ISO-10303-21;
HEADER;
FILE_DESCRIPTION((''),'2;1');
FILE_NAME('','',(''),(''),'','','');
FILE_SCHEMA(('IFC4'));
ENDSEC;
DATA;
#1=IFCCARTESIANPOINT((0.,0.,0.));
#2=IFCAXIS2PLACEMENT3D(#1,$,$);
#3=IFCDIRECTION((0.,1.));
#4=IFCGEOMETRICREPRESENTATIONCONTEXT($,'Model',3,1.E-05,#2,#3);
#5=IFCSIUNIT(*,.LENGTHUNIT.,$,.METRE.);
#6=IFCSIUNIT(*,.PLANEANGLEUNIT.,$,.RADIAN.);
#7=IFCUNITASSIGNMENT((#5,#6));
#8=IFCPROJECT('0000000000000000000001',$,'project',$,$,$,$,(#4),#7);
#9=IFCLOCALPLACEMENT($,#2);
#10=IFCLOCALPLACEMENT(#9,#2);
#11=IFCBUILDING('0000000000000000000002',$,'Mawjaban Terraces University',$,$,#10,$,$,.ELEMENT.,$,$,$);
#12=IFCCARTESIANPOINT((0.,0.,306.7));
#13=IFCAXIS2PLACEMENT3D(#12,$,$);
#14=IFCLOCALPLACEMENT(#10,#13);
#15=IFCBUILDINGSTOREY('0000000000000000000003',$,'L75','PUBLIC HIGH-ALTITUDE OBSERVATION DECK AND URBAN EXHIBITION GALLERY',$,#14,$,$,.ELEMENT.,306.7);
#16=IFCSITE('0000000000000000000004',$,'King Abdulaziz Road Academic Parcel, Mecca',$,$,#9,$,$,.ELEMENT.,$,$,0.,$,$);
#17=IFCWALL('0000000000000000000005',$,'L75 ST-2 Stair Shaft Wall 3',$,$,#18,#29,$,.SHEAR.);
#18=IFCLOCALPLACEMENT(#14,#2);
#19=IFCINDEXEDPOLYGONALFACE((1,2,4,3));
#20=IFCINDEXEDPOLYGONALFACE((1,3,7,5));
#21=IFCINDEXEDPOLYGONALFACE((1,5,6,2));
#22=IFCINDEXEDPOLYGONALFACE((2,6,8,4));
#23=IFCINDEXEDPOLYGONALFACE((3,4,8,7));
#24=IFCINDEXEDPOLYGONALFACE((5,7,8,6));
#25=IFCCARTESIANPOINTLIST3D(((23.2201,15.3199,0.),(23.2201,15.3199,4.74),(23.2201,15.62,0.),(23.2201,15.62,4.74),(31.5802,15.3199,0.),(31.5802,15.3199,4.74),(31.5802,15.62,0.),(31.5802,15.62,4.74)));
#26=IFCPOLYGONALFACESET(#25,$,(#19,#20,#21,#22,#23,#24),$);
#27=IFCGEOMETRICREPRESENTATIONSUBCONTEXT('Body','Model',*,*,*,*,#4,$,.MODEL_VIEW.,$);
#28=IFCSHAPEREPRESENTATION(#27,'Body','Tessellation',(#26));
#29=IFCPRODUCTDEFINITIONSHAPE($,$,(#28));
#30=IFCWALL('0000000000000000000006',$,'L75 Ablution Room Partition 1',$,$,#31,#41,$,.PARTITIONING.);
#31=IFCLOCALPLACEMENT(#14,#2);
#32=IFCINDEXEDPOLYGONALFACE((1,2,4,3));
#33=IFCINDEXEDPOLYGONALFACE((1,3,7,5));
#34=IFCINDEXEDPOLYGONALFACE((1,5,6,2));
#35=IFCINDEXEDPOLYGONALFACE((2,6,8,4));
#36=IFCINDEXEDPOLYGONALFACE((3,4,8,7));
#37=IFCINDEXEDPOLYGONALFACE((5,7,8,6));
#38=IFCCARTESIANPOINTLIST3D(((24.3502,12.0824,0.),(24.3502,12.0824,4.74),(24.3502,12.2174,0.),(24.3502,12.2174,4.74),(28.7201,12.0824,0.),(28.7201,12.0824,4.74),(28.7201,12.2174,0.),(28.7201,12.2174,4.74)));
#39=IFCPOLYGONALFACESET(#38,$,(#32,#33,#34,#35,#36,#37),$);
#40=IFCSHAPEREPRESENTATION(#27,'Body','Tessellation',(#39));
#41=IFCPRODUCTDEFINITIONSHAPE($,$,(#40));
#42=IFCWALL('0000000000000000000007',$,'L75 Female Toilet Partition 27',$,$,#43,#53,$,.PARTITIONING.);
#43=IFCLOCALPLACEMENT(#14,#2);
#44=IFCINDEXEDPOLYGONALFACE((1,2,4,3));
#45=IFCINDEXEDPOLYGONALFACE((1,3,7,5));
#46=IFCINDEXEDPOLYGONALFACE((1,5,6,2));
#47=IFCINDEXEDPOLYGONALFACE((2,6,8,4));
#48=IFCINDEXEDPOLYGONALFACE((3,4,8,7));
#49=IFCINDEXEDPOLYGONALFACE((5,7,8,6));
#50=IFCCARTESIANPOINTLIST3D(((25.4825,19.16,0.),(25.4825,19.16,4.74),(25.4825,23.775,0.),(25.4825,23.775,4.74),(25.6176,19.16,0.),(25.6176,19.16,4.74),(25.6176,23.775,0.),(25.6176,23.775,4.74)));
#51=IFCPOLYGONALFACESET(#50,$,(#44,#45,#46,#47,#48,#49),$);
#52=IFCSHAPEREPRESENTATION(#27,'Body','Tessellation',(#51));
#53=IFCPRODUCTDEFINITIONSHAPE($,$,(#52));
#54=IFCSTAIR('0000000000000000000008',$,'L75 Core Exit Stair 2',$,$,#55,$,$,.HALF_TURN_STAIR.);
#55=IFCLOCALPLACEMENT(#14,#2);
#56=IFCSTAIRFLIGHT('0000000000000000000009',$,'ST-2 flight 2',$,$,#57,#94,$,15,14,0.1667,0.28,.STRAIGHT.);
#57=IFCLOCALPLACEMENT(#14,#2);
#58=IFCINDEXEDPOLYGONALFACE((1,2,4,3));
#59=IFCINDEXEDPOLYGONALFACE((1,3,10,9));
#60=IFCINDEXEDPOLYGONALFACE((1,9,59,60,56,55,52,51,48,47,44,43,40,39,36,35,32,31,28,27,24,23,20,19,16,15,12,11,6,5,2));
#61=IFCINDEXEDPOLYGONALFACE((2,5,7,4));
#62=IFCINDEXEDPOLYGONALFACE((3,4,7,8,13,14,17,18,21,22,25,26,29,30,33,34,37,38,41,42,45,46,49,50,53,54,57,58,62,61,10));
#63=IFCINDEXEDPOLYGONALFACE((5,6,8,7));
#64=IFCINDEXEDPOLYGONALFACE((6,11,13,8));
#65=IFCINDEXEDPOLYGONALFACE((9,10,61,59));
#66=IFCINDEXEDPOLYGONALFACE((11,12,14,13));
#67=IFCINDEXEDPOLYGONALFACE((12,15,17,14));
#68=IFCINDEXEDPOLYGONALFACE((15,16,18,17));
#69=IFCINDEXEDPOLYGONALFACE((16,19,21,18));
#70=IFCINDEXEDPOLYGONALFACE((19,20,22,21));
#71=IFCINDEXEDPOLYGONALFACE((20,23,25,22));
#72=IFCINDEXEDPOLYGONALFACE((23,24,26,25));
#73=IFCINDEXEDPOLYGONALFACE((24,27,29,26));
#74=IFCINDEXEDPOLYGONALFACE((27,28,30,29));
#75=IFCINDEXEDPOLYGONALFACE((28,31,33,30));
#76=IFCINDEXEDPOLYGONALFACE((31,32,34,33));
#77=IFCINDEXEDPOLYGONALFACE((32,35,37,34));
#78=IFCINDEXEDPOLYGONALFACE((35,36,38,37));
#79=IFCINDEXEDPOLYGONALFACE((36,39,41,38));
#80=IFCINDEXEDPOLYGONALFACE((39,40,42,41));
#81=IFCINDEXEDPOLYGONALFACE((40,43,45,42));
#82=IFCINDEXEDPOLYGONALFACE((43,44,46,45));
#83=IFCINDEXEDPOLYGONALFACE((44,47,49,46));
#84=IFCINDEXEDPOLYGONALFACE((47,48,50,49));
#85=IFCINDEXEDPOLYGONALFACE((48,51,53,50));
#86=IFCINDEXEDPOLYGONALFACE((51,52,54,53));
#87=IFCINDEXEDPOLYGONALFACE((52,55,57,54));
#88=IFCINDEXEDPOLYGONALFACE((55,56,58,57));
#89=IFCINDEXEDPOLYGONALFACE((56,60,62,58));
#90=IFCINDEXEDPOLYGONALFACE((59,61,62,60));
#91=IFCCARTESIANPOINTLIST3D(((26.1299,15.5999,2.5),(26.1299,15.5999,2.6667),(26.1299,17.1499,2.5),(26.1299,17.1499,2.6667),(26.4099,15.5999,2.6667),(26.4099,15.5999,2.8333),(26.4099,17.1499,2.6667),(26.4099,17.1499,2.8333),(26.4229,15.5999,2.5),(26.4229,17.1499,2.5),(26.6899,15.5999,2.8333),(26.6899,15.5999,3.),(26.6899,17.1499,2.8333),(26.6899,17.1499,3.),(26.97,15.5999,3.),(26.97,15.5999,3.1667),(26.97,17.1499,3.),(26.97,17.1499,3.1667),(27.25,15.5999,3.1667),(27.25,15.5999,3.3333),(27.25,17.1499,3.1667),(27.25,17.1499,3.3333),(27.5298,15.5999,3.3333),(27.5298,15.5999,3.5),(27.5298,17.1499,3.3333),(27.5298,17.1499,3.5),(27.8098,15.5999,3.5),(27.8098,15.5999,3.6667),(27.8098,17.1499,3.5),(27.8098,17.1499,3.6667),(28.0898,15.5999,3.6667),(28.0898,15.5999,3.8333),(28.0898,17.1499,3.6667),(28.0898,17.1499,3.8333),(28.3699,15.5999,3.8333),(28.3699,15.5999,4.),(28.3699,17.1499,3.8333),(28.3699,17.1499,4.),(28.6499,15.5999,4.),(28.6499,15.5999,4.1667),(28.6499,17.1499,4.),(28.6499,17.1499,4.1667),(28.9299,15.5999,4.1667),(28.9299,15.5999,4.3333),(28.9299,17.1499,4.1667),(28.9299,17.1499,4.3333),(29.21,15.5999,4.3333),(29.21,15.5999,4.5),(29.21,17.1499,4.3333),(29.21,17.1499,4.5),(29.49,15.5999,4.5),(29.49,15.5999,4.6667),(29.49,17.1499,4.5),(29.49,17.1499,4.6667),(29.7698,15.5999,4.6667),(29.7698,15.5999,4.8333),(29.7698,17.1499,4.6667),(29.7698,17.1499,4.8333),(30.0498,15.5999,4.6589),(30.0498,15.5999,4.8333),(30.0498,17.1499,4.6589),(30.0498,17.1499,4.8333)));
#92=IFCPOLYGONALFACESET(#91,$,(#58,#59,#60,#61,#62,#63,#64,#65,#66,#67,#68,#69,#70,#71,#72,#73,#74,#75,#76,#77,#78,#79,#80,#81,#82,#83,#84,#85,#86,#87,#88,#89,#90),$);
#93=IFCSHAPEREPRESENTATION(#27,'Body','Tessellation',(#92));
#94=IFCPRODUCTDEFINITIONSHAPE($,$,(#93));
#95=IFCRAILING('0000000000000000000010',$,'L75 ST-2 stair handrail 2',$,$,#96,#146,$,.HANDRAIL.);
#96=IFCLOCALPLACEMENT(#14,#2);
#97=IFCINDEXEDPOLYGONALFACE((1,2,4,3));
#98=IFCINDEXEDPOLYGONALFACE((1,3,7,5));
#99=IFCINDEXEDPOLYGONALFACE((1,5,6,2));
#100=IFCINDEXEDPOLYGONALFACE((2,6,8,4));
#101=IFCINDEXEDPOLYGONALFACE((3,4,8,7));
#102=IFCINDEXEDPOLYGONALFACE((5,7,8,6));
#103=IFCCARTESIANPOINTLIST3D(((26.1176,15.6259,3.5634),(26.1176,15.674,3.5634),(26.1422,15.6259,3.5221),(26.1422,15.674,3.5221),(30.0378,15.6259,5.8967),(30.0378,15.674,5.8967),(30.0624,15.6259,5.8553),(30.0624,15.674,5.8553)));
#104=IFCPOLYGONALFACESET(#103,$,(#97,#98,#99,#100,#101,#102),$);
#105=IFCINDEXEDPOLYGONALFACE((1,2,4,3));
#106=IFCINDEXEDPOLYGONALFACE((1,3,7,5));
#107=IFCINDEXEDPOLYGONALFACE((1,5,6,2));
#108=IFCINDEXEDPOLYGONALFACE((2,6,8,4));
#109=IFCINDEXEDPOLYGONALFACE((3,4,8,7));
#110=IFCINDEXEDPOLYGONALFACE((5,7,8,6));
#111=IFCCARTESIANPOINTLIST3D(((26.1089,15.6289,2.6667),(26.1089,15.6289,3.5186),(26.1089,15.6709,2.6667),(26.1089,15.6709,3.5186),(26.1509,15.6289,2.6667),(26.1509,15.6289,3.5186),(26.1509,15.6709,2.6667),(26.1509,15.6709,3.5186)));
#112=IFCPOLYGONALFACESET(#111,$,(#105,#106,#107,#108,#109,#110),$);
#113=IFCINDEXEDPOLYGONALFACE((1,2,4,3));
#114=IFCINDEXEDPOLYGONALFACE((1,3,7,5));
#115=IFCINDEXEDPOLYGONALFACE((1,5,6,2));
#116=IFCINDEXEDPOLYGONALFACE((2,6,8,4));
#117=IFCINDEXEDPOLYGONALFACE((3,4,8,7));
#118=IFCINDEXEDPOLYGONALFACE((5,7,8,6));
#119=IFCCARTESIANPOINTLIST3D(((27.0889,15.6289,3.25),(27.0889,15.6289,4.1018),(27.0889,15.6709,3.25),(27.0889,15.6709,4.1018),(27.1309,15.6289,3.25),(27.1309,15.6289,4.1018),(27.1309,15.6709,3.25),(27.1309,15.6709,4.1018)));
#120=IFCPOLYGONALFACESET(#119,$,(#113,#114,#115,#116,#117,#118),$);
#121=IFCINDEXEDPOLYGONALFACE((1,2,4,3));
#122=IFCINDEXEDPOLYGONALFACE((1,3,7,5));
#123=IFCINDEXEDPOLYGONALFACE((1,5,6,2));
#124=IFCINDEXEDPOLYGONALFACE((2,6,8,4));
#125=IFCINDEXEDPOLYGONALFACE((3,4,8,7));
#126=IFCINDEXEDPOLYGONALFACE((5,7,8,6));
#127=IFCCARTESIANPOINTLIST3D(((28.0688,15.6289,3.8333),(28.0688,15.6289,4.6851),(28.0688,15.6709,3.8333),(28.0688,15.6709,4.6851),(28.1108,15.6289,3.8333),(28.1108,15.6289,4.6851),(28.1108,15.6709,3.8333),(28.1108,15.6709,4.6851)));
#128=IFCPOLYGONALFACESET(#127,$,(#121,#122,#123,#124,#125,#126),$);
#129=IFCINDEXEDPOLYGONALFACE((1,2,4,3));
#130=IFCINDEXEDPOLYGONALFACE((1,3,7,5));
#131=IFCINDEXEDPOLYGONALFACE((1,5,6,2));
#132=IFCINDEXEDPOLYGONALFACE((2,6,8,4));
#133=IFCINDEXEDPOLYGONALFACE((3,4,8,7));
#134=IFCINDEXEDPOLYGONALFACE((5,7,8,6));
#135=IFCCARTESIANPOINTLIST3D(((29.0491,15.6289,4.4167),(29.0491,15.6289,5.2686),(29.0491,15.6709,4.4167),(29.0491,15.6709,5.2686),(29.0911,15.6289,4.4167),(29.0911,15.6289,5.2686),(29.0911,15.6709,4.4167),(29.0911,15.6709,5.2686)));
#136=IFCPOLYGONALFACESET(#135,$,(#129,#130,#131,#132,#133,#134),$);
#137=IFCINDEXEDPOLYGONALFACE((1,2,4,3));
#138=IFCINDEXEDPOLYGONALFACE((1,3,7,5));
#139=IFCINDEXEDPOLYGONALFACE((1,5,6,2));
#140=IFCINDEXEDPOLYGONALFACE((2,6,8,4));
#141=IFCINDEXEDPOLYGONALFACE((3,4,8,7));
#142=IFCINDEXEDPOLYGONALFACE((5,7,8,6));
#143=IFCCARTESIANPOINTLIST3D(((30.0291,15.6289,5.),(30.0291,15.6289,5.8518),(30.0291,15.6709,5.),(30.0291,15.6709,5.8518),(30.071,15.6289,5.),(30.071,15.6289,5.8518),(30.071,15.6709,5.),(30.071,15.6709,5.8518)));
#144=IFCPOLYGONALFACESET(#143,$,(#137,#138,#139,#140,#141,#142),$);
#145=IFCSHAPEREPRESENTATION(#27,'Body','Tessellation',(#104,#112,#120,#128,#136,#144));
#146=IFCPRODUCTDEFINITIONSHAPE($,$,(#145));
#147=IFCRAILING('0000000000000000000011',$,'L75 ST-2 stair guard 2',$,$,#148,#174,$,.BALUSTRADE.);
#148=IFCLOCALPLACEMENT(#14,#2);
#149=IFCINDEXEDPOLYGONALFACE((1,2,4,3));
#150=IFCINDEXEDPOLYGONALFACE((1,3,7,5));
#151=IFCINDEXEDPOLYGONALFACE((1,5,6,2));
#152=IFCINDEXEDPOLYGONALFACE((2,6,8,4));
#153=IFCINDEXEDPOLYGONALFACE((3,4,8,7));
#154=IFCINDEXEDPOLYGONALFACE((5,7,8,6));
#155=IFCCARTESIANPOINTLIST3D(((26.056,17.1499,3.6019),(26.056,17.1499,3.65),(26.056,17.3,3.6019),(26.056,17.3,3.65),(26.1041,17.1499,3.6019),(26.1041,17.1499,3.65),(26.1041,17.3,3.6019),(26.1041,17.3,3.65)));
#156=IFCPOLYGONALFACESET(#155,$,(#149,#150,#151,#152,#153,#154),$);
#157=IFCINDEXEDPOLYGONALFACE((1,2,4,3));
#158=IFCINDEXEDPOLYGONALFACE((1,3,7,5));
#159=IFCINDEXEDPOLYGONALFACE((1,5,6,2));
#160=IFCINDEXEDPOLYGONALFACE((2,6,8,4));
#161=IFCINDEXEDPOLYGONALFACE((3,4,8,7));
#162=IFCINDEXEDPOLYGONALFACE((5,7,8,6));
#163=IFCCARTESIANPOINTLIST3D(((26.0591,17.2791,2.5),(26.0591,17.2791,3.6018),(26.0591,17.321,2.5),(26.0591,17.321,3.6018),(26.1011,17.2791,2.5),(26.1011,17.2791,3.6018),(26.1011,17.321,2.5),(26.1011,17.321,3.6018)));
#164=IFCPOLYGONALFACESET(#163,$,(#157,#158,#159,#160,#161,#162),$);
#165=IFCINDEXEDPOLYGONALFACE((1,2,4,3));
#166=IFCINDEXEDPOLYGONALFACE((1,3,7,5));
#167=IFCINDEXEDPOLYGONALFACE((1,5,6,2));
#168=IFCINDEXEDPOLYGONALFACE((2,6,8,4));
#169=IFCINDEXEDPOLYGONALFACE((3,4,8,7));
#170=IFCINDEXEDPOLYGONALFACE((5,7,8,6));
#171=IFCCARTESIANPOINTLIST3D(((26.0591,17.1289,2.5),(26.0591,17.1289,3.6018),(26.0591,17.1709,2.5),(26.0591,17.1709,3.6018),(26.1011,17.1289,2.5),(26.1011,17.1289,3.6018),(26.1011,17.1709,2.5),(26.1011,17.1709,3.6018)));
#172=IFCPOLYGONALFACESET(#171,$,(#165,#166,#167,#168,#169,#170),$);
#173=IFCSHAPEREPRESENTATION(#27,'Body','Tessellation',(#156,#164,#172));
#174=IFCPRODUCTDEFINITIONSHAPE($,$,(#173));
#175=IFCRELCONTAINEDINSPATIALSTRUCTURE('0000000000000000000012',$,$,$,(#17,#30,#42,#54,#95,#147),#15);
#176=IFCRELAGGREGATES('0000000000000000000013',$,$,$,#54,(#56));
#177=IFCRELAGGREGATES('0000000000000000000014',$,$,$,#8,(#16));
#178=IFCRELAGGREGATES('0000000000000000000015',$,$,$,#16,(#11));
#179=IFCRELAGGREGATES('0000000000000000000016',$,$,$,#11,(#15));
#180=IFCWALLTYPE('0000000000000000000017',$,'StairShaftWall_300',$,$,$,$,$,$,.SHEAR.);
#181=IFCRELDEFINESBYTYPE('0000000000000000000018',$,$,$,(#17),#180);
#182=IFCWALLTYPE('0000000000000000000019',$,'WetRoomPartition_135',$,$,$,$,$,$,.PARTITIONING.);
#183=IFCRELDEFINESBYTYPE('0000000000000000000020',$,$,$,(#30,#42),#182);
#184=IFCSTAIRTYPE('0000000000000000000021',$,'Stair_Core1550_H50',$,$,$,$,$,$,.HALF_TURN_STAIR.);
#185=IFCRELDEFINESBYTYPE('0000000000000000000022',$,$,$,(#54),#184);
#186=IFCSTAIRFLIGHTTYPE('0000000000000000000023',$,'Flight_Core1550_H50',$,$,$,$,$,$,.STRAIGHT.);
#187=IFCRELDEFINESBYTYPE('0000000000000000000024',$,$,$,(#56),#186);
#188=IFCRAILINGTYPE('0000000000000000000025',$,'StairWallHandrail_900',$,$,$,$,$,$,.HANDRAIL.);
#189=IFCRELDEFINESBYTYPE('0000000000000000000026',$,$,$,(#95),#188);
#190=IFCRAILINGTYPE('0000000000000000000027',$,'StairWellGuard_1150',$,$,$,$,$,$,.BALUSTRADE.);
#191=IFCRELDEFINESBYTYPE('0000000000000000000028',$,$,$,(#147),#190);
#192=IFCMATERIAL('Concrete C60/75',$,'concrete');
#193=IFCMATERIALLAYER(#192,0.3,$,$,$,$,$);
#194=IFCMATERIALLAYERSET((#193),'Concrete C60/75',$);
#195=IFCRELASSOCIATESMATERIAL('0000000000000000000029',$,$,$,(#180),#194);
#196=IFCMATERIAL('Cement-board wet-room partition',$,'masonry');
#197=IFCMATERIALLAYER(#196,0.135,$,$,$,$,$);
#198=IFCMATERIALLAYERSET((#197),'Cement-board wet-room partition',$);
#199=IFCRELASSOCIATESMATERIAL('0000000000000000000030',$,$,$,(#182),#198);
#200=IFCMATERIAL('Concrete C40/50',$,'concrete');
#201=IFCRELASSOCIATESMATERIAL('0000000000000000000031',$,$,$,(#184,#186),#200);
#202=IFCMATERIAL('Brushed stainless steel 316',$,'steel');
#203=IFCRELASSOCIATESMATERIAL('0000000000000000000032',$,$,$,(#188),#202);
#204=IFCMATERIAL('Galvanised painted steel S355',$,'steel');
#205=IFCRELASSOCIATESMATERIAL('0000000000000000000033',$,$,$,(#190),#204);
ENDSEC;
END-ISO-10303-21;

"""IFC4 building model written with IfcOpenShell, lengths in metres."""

from ifc_helpers import new_model, si_unit, direction, frame, frame_2d, origin, origin_2d, place, context, subcontext, project, spatial, polyline, rectangle, outline, extrude, material, layer, layer_set, type_object, element, aggregate, save


model = new_model("IFC4")

# Units and contexts
model_context = context("Model", 3, precision=1e-05, world=origin(), true_north=direction((0.0, 1.0)))
body_context = subcontext(model_context, "Body", "Model", "MODEL_VIEW")
ifc_project = project(units=[si_unit("LENGTHUNIT", "METRE"), si_unit("PLANEANGLEUNIT", "RADIAN")], contexts=[model_context])

# Site, building, storey
site_placement = place(None, origin())
site = spatial("IfcSite", under=ifc_project, at=site_placement, Name="King Abdulaziz Road Academic Parcel, Mecca", CompositionType="ELEMENT", RefElevation=0.0)
building_placement = place(site_placement, origin())
building = spatial("IfcBuilding", under=site, at=building_placement, Name="Mawjaban Terraces University", CompositionType="ELEMENT")
storey_placement = place(building_placement, frame((0.0, 0.0, 306.7)))
storey = spatial("IfcBuildingStorey", under=building, at=storey_placement, Name="L75", Description="PUBLIC HIGH-ALTITUDE OBSERVATION DECK AND URBAN EXHIBITION GALLERY", CompositionType="ELEMENT", Elevation=306.7)

# Walls
ifc_material_1 = material(Name="Concrete C40/50", Category="concrete")
ifc_material_2 = material(Name="Concrete C60/75", Category="concrete")
ifc_layer_1 = layer(ifc_material_2, 0.3)
ifc_layer_set_1 = layer_set([ifc_layer_1], Name="Concrete C60/75")
wall_type_1 = type_object("IfcWallType", Name="StairShaftWall_300", PredefinedType="SHEAR", material=ifc_layer_set_1)
wall_1_placement = place(storey_placement, frame((23.22, 15.47, 0.0), z_axis=(0.0, 0.0, 1.0), x_axis=(1.0, 0.0, 0.0)))
element("IfcWall", 1, at=wall_1_placement, inside=storey, type_object=wall_type_1, Name="L75 ST-2 Stair Shaft Wall 3", PredefinedType="SHEAR", context=body_context, shape_type="SweptSolid", body=[
    extrude(rectangle(XDim=8.3601, YDim=0.3, at=frame_2d((4.1802, 0.0))), origin(), (0.0, 0.0, 1.0), 4.74),
])
ifc_material_3 = material(Name="Cement-board wet-room partition", Category="masonry")
ifc_layer_2 = layer(ifc_material_3, 0.135)
ifc_layer_set_2 = layer_set([ifc_layer_2], Name="Cement-board wet-room partition")
wall_type_2 = type_object("IfcWallType", Name="WetRoomPartition_135", PredefinedType="PARTITIONING", material=ifc_layer_set_2)
wall_2_placement = place(storey_placement, frame((24.3501, 12.1499, 0.0), z_axis=(0.0, 0.0, 1.0), x_axis=(1.0, 0.0, 0.0)))
element("IfcWall", 2, at=wall_2_placement, inside=storey, type_object=wall_type_2, Name="L75 Ablution Room Partition 1", PredefinedType="PARTITIONING", context=body_context, shape_type="SweptSolid", body=[
    extrude(rectangle(XDim=4.3699, YDim=0.135, at=frame_2d((2.1851, 0.0))), origin(), (0.0, 0.0, 1.0), 4.74),
])
wall_3_placement = place(storey_placement, frame((25.55, 19.1599, 0.0), z_axis=(0.0, 0.0, 1.0), x_axis=(0.0, 1.0, 0.0)))
element("IfcWall", 3, at=wall_3_placement, inside=storey, type_object=wall_type_2, Name="L75 Female Toilet Partition 27", PredefinedType="PARTITIONING", context=body_context, shape_type="SweptSolid", body=[
    extrude(rectangle(XDim=4.615, YDim=0.135, at=frame_2d((2.3076, 0.0))), origin(), (0.0, 0.0, 1.0), 4.74),
])

# Stair, stair flight
stair_type = type_object("IfcStairType", Name="Stair_Core1550_H50", PredefinedType="HALF_TURN_STAIR", material=ifc_material_1)
stair_placement = place(storey_placement, origin())
stair = element("IfcStair", 4, at=stair_placement, inside=storey, type_object=stair_type, Name="L75 Core Exit Stair 2", PredefinedType="HALF_TURN_STAIR")
stair_flight_type = type_object("IfcStairFlightType", Name="Flight_Core1550_H50", PredefinedType="STRAIGHT", material=ifc_material_1)
stair_flight_placement = place(storey_placement, frame((26.1299, 16.375, 2.5), z_axis=(0.0, 0.0, 1.0), x_axis=(1.0, 0.0, 0.0)))
stair_flight = element("IfcStairFlight", 5, at=stair_flight_placement, type_object=stair_flight_type, Name="ST-2 flight 2", NumberOfRisers=15, NumberOfTreads=14, PredefinedType="STRAIGHT", RiserHeight=0.1667, TreadLength=0.28, context=body_context, shape_type="SweptSolid", body=[
    extrude(outline(polyline([(0.0, 0.0), (0.0, 0.1667), (0.28, 0.1667), (0.28, 0.3333), (0.5601, 0.3333), (0.5601, 0.5), (0.8401, 0.5), (0.8401, 0.6667), (1.1201, 0.6667), (1.1201, 0.8333), (1.3999, 0.8333), (1.3999, 1.0), (1.6799, 1.0), (1.6799, 1.1667), (1.96, 1.1667), (1.96, 1.3333), (2.24, 1.3333), (2.24, 1.5), (2.52, 1.5), (2.52, 1.6667), (2.8, 1.6667), (2.8, 1.8333), (3.0801, 1.8333), (3.0801, 2.0), (3.3601, 2.0), (3.3601, 2.1667), (3.6399, 2.1667), (3.6399, 2.3333), (3.9199, 2.3333), (3.9199, 2.5), (3.9199, 2.1589), (0.293, 0.0), (0.0, 0.0)])), frame((0.0, 0.7749, 0.0), z_axis=(0.0, -1.0, 0.0), x_axis=(1.0, 0.0, 0.0)), (0.0, 0.0, 1.0), 1.55),
])
aggregate(stair, [stair_flight])

# Railings
ifc_material_4 = material(Name="Brushed stainless steel 316", Category="steel")
railing_type_1 = type_object("IfcRailingType", Name="StairWallHandrail_900", PredefinedType="HANDRAIL", material=ifc_material_4)
railing_1_placement = place(storey_placement, frame((26.1299, 15.6499, 2.6667)))
element("IfcRailing", 6, at=railing_1_placement, inside=storey, type_object=railing_type_1, Name="L75 ST-2 stair handrail 2", PredefinedType="HANDRAIL", context=body_context, shape_type="SweptSolid", body=[
    extrude(rectangle(XDim=0.0481, YDim=0.0481, at=origin_2d()), frame((0.0, 0.0, 0.876), z_axis=(0.85931, 0.0, 0.511455), x_axis=(0.0, 1.0, 0.0)), (0.0, 0.0, 1.0), 4.562),
    extrude(rectangle(XDim=0.042, YDim=0.042, at=origin_2d()), origin(), (0.0, 0.0, 1.0), 0.8518),
    extrude(rectangle(XDim=0.042, YDim=0.042, at=origin_2d()), frame((0.98, 0.0, 0.5833)), (0.0, 0.0, 1.0), 0.8518),
    extrude(rectangle(XDim=0.042, YDim=0.042, at=origin_2d()), frame((1.96, 0.0, 1.1665)), (0.0, 0.0, 1.0), 0.8518),
    extrude(rectangle(XDim=0.042, YDim=0.042, at=origin_2d()), frame((2.9402, 0.0, 1.75)), (0.0, 0.0, 1.0), 0.8518),
    extrude(rectangle(XDim=0.042, YDim=0.042, at=origin_2d()), frame((3.9202, 0.0, 2.3333)), (0.0, 0.0, 1.0), 0.8518),
])
ifc_material_5 = material(Name="Galvanised painted steel S355", Category="steel")
railing_type_2 = type_object("IfcRailingType", Name="StairWellGuard_1150", PredefinedType="BALUSTRADE", material=ifc_material_5)
railing_2_placement = place(storey_placement, frame((26.0801, 17.3, 2.5)))
element("IfcRailing", 7, at=railing_2_placement, inside=storey, type_object=railing_type_2, Name="L75 ST-2 stair guard 2", PredefinedType="BALUSTRADE", context=body_context, shape_type="SweptSolid", body=[
    extrude(rectangle(XDim=0.0481, YDim=0.0481, at=origin_2d()), frame((0.0, 0.0, 1.126), z_axis=(0.0, -1.0, 0.0), x_axis=(1.0, 0.0, 0.0)), (0.0, 0.0, 1.0), 0.1501),
    extrude(rectangle(XDim=0.042, YDim=0.042, at=origin_2d()), origin(), (0.0, 0.0, 1.0), 1.1018),
    extrude(rectangle(XDim=0.042, YDim=0.042, at=origin_2d()), frame((0.0, -0.1501, 0.0)), (0.0, 0.0, 1.0), 1.1018),
])

save(model, "model.ifc")
